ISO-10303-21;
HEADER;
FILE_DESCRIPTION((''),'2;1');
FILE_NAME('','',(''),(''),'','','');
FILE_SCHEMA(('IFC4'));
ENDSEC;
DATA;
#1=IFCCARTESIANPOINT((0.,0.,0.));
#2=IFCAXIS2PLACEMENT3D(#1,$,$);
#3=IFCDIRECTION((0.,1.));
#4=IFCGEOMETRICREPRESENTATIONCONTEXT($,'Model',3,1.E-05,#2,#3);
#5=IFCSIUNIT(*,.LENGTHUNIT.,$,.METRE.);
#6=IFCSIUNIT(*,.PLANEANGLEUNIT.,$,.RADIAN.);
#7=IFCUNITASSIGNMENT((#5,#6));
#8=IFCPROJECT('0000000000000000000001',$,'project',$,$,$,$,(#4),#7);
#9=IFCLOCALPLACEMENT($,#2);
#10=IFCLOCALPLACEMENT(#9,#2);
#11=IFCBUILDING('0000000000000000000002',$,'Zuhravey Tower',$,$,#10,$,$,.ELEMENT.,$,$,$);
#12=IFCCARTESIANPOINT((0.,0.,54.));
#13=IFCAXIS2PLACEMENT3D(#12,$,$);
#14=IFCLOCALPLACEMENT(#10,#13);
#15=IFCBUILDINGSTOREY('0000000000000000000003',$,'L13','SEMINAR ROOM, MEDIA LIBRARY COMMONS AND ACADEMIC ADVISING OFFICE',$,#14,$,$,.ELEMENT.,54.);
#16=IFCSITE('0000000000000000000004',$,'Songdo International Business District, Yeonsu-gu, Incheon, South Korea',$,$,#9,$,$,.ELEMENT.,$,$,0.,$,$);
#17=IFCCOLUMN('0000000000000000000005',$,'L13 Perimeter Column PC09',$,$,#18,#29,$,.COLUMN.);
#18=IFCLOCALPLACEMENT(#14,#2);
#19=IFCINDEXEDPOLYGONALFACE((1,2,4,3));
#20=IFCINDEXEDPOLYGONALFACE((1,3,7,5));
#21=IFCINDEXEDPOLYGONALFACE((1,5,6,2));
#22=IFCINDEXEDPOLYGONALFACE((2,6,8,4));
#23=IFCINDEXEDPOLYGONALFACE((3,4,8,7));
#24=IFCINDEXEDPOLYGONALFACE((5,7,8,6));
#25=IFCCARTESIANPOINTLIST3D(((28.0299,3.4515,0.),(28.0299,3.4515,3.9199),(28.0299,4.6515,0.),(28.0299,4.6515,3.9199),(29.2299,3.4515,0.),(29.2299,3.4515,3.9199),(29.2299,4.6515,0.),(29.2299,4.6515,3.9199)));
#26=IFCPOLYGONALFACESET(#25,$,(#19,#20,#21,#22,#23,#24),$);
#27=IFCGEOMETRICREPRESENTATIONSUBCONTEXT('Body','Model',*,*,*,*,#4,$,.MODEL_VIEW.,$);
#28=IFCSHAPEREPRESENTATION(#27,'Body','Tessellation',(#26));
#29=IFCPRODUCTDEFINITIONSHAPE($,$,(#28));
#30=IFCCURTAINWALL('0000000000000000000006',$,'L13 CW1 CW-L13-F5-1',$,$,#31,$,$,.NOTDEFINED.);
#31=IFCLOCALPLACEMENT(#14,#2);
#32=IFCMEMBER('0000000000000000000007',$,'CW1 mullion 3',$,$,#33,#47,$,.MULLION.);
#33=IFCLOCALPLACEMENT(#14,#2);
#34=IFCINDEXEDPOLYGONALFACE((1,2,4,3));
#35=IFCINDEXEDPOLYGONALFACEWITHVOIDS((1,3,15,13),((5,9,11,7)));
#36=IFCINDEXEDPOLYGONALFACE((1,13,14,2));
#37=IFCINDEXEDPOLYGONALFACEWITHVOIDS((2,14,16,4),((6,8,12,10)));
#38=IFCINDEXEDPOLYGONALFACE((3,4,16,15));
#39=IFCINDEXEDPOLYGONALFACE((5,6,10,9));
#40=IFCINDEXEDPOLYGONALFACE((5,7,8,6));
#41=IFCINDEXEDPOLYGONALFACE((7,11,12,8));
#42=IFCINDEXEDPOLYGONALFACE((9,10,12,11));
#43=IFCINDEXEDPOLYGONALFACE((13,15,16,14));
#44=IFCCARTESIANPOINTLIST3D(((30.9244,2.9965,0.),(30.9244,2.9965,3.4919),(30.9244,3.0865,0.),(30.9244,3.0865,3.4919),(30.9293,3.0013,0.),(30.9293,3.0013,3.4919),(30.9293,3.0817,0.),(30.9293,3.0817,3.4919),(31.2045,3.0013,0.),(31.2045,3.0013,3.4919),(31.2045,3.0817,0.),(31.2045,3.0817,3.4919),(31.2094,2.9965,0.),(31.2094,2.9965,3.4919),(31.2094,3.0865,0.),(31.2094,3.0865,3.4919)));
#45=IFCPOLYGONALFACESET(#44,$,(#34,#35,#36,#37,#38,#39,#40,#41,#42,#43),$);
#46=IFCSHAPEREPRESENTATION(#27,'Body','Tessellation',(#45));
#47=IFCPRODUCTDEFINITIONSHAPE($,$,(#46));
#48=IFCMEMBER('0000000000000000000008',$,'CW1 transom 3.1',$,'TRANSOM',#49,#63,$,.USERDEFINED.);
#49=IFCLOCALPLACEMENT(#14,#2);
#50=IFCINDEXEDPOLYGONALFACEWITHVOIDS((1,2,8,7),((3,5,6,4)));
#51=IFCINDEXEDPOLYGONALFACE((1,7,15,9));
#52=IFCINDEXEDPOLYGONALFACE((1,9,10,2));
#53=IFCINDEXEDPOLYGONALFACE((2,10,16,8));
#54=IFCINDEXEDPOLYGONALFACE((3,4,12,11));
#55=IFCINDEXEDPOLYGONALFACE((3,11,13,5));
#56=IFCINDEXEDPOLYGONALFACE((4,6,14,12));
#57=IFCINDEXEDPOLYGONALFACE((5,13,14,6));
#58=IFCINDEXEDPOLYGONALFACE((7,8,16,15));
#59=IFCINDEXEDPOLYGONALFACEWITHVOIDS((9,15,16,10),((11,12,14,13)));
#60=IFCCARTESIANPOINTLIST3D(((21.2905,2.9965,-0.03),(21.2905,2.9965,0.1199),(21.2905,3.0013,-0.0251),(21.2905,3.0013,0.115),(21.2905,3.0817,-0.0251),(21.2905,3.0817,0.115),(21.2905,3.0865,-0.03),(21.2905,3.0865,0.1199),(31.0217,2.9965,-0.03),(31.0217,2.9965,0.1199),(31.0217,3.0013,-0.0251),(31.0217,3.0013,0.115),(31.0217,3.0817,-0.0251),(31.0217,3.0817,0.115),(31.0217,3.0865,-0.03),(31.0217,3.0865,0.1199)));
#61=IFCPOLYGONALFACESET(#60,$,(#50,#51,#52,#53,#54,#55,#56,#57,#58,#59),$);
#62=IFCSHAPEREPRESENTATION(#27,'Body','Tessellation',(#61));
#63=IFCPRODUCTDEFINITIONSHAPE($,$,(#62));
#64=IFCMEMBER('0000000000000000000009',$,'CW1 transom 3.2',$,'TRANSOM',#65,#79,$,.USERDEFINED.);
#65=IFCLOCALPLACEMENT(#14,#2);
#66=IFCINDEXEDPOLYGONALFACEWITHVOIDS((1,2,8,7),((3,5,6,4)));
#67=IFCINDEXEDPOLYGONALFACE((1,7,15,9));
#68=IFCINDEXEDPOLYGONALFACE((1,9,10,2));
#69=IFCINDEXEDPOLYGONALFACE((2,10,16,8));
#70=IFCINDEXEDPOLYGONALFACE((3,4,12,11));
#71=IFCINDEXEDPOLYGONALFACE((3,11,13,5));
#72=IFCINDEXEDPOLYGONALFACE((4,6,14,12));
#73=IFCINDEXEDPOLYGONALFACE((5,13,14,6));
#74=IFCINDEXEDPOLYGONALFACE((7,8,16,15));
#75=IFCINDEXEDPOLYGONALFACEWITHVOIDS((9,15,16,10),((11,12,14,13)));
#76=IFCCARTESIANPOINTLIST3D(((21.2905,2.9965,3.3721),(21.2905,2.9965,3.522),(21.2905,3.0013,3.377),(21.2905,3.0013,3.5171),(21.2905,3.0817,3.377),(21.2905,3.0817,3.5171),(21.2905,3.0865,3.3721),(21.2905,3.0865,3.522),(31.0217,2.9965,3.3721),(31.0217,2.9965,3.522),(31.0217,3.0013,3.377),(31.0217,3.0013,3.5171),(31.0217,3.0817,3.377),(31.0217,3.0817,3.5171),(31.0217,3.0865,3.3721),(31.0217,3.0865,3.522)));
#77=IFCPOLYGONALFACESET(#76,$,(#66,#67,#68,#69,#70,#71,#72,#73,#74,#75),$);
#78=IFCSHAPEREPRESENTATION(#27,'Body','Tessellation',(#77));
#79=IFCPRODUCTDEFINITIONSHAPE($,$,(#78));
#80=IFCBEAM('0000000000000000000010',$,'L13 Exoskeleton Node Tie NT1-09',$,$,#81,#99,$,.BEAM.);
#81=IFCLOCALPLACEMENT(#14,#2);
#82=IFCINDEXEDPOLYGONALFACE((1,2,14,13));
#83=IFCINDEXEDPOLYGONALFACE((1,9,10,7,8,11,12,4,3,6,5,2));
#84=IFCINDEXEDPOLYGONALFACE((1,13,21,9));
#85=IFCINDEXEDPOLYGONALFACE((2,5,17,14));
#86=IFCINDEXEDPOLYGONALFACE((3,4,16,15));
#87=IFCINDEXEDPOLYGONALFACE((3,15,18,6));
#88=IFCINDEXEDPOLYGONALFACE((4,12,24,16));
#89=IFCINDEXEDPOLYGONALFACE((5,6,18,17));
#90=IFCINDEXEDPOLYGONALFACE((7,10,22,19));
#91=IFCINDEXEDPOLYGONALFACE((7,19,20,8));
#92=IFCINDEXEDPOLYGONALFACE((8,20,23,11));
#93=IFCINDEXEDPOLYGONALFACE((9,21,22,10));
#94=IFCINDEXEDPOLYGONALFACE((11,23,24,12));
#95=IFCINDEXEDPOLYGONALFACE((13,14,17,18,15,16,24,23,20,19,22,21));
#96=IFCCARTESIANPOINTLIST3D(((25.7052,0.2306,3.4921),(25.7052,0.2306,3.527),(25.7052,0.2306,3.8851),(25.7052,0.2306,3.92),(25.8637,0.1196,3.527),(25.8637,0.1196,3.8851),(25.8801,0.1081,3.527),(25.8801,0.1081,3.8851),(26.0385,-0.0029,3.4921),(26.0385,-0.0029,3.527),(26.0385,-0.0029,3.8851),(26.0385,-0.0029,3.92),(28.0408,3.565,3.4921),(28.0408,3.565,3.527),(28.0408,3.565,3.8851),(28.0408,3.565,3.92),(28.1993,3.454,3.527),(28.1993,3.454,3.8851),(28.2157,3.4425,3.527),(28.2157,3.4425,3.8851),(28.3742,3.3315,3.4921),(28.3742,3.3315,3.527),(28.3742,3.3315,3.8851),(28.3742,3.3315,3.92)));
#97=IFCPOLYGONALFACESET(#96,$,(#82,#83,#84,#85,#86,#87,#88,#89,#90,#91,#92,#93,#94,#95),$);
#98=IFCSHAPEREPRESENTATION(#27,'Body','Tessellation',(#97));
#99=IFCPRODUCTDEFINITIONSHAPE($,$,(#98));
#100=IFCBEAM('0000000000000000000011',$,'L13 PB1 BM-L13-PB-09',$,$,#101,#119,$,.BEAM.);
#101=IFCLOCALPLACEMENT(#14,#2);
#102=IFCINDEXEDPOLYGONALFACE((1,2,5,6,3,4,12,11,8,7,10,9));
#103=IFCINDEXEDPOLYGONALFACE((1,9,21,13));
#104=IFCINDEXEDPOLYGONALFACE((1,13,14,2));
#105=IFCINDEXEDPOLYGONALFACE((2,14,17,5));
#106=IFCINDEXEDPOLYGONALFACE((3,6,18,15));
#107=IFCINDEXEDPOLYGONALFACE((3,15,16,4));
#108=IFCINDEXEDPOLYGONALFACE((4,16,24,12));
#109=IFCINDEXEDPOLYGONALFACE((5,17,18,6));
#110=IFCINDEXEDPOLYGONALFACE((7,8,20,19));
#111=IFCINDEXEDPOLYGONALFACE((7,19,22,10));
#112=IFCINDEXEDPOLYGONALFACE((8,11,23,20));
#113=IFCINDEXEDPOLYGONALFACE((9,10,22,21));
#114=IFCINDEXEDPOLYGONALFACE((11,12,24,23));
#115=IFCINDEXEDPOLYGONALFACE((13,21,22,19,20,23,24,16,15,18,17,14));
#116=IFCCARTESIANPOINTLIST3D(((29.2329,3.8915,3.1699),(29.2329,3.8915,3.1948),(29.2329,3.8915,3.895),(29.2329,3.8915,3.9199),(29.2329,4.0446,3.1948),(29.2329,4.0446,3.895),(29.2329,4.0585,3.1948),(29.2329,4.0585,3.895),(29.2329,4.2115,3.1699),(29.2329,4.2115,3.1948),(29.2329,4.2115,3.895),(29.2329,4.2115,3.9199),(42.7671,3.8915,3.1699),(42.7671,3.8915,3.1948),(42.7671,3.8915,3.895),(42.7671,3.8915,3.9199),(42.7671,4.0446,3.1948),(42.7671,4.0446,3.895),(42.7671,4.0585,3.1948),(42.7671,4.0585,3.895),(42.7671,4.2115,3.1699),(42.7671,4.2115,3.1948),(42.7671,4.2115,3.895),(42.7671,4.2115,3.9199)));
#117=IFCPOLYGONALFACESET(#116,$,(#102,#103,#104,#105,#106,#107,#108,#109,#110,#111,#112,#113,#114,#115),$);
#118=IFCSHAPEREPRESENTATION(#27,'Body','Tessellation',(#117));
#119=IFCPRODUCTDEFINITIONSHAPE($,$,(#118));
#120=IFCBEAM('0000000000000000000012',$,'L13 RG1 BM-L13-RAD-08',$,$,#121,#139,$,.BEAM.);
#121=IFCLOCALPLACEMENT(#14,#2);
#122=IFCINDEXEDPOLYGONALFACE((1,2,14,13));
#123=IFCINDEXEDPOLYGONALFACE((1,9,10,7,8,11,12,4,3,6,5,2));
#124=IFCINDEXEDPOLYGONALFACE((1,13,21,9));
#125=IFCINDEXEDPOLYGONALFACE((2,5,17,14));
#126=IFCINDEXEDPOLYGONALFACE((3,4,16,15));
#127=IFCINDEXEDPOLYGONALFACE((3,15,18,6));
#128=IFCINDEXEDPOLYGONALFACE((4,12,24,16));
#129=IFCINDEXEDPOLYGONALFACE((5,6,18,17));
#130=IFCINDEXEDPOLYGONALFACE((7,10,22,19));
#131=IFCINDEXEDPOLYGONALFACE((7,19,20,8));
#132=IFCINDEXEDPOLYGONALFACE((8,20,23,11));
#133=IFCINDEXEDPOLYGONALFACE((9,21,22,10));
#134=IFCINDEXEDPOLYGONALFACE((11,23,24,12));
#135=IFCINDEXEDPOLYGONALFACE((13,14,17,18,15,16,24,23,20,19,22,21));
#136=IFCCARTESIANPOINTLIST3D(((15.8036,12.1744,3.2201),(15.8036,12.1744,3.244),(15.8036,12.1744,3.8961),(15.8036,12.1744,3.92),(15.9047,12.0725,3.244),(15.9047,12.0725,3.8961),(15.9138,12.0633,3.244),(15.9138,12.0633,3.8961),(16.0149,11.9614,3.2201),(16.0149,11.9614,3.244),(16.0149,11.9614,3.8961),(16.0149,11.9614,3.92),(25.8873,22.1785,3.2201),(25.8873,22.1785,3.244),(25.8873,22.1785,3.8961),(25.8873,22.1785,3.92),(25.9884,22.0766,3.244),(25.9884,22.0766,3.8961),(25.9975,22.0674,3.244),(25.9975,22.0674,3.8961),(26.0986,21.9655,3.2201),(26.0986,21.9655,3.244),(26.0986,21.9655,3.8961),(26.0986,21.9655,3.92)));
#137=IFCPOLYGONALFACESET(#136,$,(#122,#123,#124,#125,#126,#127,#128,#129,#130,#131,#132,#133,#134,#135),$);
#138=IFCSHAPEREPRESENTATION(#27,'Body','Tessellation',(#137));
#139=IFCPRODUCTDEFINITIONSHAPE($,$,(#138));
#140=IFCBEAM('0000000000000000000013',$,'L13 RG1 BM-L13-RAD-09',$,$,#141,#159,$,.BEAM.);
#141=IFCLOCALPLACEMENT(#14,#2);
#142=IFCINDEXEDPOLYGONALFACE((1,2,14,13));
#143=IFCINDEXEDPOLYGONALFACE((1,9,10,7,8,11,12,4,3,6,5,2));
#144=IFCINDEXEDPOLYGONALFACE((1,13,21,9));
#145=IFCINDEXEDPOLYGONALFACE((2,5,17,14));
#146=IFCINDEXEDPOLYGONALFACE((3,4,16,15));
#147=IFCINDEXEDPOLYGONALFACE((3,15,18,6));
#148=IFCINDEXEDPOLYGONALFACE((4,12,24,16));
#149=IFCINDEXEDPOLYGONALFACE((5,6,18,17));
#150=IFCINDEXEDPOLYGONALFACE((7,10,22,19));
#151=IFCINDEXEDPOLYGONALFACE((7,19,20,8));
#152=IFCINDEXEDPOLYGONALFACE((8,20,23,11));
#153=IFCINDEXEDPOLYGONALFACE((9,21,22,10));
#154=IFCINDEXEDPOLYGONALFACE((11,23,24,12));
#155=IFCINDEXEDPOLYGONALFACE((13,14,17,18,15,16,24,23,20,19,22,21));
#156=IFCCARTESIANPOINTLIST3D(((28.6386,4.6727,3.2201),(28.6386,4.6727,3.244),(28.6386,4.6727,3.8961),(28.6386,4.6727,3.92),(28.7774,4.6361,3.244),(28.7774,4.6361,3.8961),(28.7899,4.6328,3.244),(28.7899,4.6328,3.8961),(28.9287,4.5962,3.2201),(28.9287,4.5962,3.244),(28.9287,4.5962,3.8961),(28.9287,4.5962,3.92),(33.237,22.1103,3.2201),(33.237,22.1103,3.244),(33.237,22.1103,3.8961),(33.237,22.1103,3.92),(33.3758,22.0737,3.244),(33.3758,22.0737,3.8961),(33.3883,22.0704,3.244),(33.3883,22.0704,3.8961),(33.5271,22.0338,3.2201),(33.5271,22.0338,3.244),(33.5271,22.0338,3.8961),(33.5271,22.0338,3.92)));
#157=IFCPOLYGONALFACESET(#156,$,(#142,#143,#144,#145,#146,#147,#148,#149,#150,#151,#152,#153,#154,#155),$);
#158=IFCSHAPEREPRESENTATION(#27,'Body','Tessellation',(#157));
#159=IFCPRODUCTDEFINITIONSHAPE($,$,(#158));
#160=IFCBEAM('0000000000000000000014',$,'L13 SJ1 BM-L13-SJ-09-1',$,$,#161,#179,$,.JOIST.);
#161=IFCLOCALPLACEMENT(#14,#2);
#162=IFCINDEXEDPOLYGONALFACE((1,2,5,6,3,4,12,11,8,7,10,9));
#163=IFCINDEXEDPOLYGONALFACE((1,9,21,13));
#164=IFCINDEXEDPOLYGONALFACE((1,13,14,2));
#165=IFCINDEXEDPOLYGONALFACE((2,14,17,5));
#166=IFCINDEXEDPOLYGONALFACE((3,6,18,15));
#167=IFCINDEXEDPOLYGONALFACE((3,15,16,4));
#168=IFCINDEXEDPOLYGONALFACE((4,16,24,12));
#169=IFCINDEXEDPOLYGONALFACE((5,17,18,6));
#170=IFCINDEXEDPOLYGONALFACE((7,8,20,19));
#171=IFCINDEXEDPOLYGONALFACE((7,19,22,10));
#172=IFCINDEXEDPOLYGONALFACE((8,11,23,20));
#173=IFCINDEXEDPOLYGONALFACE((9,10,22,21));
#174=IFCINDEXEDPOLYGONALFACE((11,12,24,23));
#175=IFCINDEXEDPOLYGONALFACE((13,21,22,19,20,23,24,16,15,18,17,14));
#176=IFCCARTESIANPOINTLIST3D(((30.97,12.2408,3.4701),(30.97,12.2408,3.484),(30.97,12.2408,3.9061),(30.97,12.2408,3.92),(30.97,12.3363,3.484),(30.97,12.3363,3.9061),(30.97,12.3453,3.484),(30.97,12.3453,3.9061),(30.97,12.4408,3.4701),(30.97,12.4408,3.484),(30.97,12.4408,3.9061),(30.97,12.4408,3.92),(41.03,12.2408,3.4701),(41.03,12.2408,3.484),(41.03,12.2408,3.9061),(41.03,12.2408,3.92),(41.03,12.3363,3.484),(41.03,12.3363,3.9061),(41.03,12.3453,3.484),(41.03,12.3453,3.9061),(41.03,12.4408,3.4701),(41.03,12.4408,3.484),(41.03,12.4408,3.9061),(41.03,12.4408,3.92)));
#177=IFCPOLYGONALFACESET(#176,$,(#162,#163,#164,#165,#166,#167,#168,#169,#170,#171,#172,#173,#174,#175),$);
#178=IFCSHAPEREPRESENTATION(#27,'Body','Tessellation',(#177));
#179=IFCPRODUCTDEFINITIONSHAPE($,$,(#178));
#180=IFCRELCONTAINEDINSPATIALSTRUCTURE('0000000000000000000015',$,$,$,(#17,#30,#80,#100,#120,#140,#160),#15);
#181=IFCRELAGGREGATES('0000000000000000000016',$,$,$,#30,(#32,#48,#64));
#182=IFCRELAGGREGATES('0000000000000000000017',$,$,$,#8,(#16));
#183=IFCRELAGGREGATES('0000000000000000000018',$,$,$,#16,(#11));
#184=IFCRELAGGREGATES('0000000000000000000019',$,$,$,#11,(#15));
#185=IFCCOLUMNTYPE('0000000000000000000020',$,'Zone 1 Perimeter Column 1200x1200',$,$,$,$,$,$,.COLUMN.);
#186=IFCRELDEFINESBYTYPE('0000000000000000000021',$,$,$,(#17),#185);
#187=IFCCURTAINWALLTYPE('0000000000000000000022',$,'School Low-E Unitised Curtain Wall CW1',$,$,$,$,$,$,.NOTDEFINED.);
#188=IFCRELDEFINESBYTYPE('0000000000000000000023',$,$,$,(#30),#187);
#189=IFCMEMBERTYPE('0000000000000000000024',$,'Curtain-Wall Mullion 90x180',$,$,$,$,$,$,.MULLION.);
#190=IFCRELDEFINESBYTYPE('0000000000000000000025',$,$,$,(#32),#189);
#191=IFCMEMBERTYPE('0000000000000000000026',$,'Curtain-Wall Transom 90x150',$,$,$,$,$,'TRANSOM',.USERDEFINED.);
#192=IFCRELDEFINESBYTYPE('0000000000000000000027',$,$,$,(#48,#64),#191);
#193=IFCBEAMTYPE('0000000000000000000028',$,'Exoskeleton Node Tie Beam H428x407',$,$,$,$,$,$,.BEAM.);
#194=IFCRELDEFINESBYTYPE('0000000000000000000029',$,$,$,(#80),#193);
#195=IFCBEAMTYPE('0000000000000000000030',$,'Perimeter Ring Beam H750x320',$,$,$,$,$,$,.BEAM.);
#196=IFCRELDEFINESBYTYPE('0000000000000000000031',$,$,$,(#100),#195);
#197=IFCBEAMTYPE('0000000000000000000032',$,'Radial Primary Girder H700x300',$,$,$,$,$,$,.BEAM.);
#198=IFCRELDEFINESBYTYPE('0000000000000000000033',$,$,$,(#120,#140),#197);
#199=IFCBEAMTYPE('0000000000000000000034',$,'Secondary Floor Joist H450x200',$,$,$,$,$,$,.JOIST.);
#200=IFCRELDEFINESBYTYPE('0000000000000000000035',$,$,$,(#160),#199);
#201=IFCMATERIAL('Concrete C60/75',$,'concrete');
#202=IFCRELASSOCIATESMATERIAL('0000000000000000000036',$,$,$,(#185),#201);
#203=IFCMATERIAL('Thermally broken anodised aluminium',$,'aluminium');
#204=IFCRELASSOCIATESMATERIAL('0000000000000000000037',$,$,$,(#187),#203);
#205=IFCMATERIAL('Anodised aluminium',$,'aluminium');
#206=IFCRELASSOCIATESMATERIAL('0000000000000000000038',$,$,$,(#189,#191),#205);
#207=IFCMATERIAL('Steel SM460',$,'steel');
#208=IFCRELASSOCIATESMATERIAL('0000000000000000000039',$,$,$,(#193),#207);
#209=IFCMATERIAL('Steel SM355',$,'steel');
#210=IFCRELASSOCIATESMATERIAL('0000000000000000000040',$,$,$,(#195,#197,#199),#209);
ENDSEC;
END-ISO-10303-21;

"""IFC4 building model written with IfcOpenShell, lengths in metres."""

from ifc_helpers import new_model, si_unit, direction, frame, origin, origin_2d, place, context, subcontext, project, spatial, rectangle, hollow_rectangle, i_section, extrude, material, material_profile, profile_set, type_object, element, aggregate, save


model = new_model("IFC4")

# Units and contexts
model_context = context("Model", 3, precision=1e-05, world=origin(), true_north=direction((0.0, 1.0)))
body_context = subcontext(model_context, "Body", "Model", "MODEL_VIEW")
ifc_project = project(units=[si_unit("LENGTHUNIT", "METRE"), si_unit("PLANEANGLEUNIT", "RADIAN")], contexts=[model_context])

# Site, building, storey
site_placement = place(None, origin())
site = spatial("IfcSite", under=ifc_project, at=site_placement, Name="Songdo International Business District, Yeonsu-gu, Incheon, South Korea", CompositionType="ELEMENT", RefElevation=0.0)
building_placement = place(site_placement, origin())
building = spatial("IfcBuilding", under=site, at=building_placement, Name="Zuhravey Tower", CompositionType="ELEMENT")
storey_placement = place(building_placement, frame((0.0, 0.0, 54.0)))
storey = spatial("IfcBuildingStorey", under=building, at=storey_placement, Name="L13", Description="SEMINAR ROOM, MEDIA LIBRARY COMMONS AND ACADEMIC ADVISING OFFICE", CompositionType="ELEMENT", Elevation=54.0)

# Column
ifc_material_1 = material(Name="Concrete C60/75", Category="concrete")
ifc_material_profile_1 = material_profile(ifc_material_1, rectangle(XDim=1.2, YDim=1.2, at=origin_2d()), Name="RC-1200x1200")
ifc_profile_set_1 = profile_set([ifc_material_profile_1], Name="Concrete C60/75")
column_type = type_object("IfcColumnType", Name="Zone 1 Perimeter Column 1200x1200", PredefinedType="COLUMN", material=ifc_profile_set_1)
column_placement = place(storey_placement, frame((28.6299, 4.0515, 0.0), z_axis=(0.0, 0.0, 1.0), x_axis=(1.0, 0.0, 0.0)))
element("IfcColumn", 1, at=column_placement, inside=storey, type_object=column_type, Name="L13 Perimeter Column PC09", PredefinedType="COLUMN", context=body_context, shape_type="SweptSolid", body=[
    extrude(rectangle(XDim=1.2, YDim=1.2, at=origin_2d()), origin(), (0.0, 0.0, 1.0), 3.9199),
])

# Curtain wall, members
ifc_material_2 = material(Name="Thermally broken anodised aluminium", Category="aluminium")
curtain_wall_type = type_object("IfcCurtainWallType", Name="School Low-E Unitised Curtain Wall CW1", PredefinedType="NOTDEFINED", material=ifc_material_2)
curtain_wall_placement = place(storey_placement, origin())
curtain_wall = element("IfcCurtainWall", 2, at=curtain_wall_placement, inside=storey, type_object=curtain_wall_type, Name="L13 CW1 CW-L13-F5-1", PredefinedType="NOTDEFINED")
ifc_material_3 = material(Name="Anodised aluminium", Category="aluminium")
ifc_material_profile_2 = material_profile(ifc_material_3, hollow_rectangle(XDim=0.0901, YDim=0.2849, WallThickness=0.0049, at=origin_2d()), Name="ALU-RHS-90x285x5")
ifc_profile_set_2 = profile_set([ifc_material_profile_2], Name="Anodised aluminium")
member_type_1 = type_object("IfcMemberType", Name="Curtain-Wall Mullion 90x180", PredefinedType="MULLION", material=ifc_profile_set_2)
member_1_placement = place(storey_placement, frame((31.0669, 3.0415, 0.0), z_axis=(0.0, 0.0, 1.0), x_axis=(0.0, -1.0, 0.0)))
member_1 = element("IfcMember", 3, at=member_1_placement, type_object=member_type_1, Name="CW1 mullion 3", PredefinedType="MULLION", context=body_context, shape_type="SweptSolid", body=[
    extrude(hollow_rectangle(XDim=0.0901, YDim=0.2849, WallThickness=0.0049, at=origin_2d()), origin(), (0.0, 0.0, 1.0), 3.4919),
])
ifc_material_profile_3 = material_profile(ifc_material_3, hollow_rectangle(XDim=0.0901, YDim=0.1499, WallThickness=0.0049, at=origin_2d()), Name="ALU-RHS-90x150x5")
ifc_profile_set_3 = profile_set([ifc_material_profile_3], Name="Anodised aluminium")
member_type_2 = type_object("IfcMemberType", Name="Curtain-Wall Transom 90x150", ElementType="TRANSOM", PredefinedType="USERDEFINED", material=ifc_profile_set_3)
member_2_placement = place(storey_placement, frame((31.0217, 3.0415, 0.0449), z_axis=(-1.0, 0.0, 0.0), x_axis=(0.0, -1.0, 0.0)))
member_2 = element("IfcMember", 4, at=member_2_placement, type_object=member_type_2, Name="CW1 transom 3.1", ObjectType="TRANSOM", PredefinedType="USERDEFINED", context=body_context, shape_type="SweptSolid", body=[
    extrude(hollow_rectangle(XDim=0.0901, YDim=0.1499, WallThickness=0.0049, at=origin_2d()), origin(), (0.0, 0.0, 1.0), 9.7312),
])
member_3_placement = place(storey_placement, frame((31.0217, 3.0415, 3.447), z_axis=(-1.0, 0.0, 0.0), x_axis=(0.0, -1.0, 0.0)))
member_3 = element("IfcMember", 5, at=member_3_placement, type_object=member_type_2, Name="CW1 transom 3.2", ObjectType="TRANSOM", PredefinedType="USERDEFINED", context=body_context, shape_type="SweptSolid", body=[
    extrude(hollow_rectangle(XDim=0.0901, YDim=0.1499, WallThickness=0.0049, at=origin_2d()), origin(), (0.0, 0.0, 1.0), 9.7312),
])

# Beams
ifc_material_4 = material(Name="Steel SM460", Category="steel")
ifc_material_profile_4 = material_profile(ifc_material_4, i_section(OverallWidth=0.407, OverallDepth=0.428, WebThickness=0.02, FlangeThickness=0.0349, at=origin_2d()), Name="H-428x407x20x35")
ifc_profile_set_4 = profile_set([ifc_material_profile_4], Name="Steel SM460")
beam_type_1 = type_object("IfcBeamType", Name="Exoskeleton Node Tie Beam H428x407", PredefinedType="BEAM", material=ifc_profile_set_4)
beam_1_placement = place(storey_placement, frame((28.2075, 3.4482, 3.7061), z_axis=(-0.57372, -0.819052, 0.0), x_axis=(0.819052, -0.57372, 0.0)))
element("IfcBeam", 6, at=beam_1_placement, inside=storey, type_object=beam_type_1, Name="L13 Exoskeleton Node Tie NT1-09", PredefinedType="BEAM", context=body_context, shape_type="SweptSolid", body=[
    extrude(i_section(OverallWidth=0.407, OverallDepth=0.428, WebThickness=0.02, FlangeThickness=0.0349, at=origin_2d()), origin(), (0.0, 0.0, 1.0), 4.071),
])
ifc_material_5 = material(Name="Steel SM355", Category="steel")
ifc_material_profile_5 = material_profile(ifc_material_5, i_section(OverallWidth=0.3201, OverallDepth=0.75, WebThickness=0.0139, FlangeThickness=0.0249, at=origin_2d()), Name="H-750x320x14x25")
ifc_profile_set_5 = profile_set([ifc_material_profile_5], Name="Steel SM355")
beam_type_2 = type_object("IfcBeamType", Name="Perimeter Ring Beam H750x320", PredefinedType="BEAM", material=ifc_profile_set_5)
beam_2_placement = place(storey_placement, frame((29.2329, 4.0515, 3.5449), z_axis=(1.0, 0.0, 0.0), x_axis=(0.0, 1.0, 0.0)))
element("IfcBeam", 7, at=beam_2_placement, inside=storey, type_object=beam_type_2, Name="L13 PB1 BM-L13-PB-09", PredefinedType="BEAM", context=body_context, shape_type="SweptSolid", body=[
    extrude(i_section(OverallWidth=0.3201, OverallDepth=0.75, WebThickness=0.0139, FlangeThickness=0.0249, at=origin_2d()), origin(), (0.0, 0.0, 1.0), 13.5342),
])
ifc_material_profile_6 = material_profile(ifc_material_5, i_section(OverallWidth=0.3, OverallDepth=0.7, WebThickness=0.0129, FlangeThickness=0.0239, at=origin_2d()), Name="H-700x300x13x24")
ifc_profile_set_6 = profile_set([ifc_material_profile_6], Name="Steel SM355")
beam_type_3 = type_object("IfcBeamType", Name="Radial Primary Girder H700x300", PredefinedType="BEAM", material=ifc_profile_set_6)
beam_3_placement = place(storey_placement, frame((25.9929, 22.072, 3.5701), z_axis=(-0.709903, -0.7043, 0.0), x_axis=(0.7043, -0.709903, 0.0)))
element("IfcBeam", 8, at=beam_3_placement, inside=storey, type_object=beam_type_3, Name="L13 RG1 BM-L13-RAD-08", PredefinedType="BEAM", context=body_context, shape_type="SweptSolid", body=[
    extrude(i_section(OverallWidth=0.3, OverallDepth=0.7, WebThickness=0.0129, FlangeThickness=0.0239, at=origin_2d()), origin(), (0.0, 0.0, 1.0), 14.2043),
])
beam_4_placement = place(storey_placement, frame((33.3821, 22.072, 3.5701), z_axis=(-0.25499, -0.966944, 0.0), x_axis=(0.966944, -0.25499, 0.0)))
element("IfcBeam", 9, at=beam_4_placement, inside=storey, type_object=beam_type_3, Name="L13 RG1 BM-L13-RAD-09", PredefinedType="BEAM", context=body_context, shape_type="SweptSolid", body=[
    extrude(i_section(OverallWidth=0.3, OverallDepth=0.7, WebThickness=0.0129, FlangeThickness=0.0239, at=origin_2d()), origin(), (0.0, 0.0, 1.0), 18.0337),
])
ifc_material_profile_7 = material_profile(ifc_material_5, i_section(OverallWidth=0.2, OverallDepth=0.45, WebThickness=0.009, FlangeThickness=0.0139, at=origin_2d()), Name="H-450x200x9x14")
ifc_profile_set_7 = profile_set([ifc_material_profile_7], Name="Steel SM355")
beam_type_4 = type_object("IfcBeamType", Name="Secondary Floor Joist H450x200", PredefinedType="JOIST", material=ifc_profile_set_7)
beam_5_placement = place(storey_placement, frame((30.97, 12.3408, 3.6951), z_axis=(1.0, 0.0, 0.0), x_axis=(0.0, 1.0, 0.0)))
element("IfcBeam", 10, at=beam_5_placement, inside=storey, type_object=beam_type_4, Name="L13 SJ1 BM-L13-SJ-09-1", PredefinedType="JOIST", context=body_context, shape_type="SweptSolid", body=[
    extrude(i_section(OverallWidth=0.2, OverallDepth=0.45, WebThickness=0.009, FlangeThickness=0.0139, at=origin_2d()), origin(), (0.0, 0.0, 1.0), 10.0601),
])

aggregate(curtain_wall, [member_1, member_2, member_3])

save(model, "model.ifc")
